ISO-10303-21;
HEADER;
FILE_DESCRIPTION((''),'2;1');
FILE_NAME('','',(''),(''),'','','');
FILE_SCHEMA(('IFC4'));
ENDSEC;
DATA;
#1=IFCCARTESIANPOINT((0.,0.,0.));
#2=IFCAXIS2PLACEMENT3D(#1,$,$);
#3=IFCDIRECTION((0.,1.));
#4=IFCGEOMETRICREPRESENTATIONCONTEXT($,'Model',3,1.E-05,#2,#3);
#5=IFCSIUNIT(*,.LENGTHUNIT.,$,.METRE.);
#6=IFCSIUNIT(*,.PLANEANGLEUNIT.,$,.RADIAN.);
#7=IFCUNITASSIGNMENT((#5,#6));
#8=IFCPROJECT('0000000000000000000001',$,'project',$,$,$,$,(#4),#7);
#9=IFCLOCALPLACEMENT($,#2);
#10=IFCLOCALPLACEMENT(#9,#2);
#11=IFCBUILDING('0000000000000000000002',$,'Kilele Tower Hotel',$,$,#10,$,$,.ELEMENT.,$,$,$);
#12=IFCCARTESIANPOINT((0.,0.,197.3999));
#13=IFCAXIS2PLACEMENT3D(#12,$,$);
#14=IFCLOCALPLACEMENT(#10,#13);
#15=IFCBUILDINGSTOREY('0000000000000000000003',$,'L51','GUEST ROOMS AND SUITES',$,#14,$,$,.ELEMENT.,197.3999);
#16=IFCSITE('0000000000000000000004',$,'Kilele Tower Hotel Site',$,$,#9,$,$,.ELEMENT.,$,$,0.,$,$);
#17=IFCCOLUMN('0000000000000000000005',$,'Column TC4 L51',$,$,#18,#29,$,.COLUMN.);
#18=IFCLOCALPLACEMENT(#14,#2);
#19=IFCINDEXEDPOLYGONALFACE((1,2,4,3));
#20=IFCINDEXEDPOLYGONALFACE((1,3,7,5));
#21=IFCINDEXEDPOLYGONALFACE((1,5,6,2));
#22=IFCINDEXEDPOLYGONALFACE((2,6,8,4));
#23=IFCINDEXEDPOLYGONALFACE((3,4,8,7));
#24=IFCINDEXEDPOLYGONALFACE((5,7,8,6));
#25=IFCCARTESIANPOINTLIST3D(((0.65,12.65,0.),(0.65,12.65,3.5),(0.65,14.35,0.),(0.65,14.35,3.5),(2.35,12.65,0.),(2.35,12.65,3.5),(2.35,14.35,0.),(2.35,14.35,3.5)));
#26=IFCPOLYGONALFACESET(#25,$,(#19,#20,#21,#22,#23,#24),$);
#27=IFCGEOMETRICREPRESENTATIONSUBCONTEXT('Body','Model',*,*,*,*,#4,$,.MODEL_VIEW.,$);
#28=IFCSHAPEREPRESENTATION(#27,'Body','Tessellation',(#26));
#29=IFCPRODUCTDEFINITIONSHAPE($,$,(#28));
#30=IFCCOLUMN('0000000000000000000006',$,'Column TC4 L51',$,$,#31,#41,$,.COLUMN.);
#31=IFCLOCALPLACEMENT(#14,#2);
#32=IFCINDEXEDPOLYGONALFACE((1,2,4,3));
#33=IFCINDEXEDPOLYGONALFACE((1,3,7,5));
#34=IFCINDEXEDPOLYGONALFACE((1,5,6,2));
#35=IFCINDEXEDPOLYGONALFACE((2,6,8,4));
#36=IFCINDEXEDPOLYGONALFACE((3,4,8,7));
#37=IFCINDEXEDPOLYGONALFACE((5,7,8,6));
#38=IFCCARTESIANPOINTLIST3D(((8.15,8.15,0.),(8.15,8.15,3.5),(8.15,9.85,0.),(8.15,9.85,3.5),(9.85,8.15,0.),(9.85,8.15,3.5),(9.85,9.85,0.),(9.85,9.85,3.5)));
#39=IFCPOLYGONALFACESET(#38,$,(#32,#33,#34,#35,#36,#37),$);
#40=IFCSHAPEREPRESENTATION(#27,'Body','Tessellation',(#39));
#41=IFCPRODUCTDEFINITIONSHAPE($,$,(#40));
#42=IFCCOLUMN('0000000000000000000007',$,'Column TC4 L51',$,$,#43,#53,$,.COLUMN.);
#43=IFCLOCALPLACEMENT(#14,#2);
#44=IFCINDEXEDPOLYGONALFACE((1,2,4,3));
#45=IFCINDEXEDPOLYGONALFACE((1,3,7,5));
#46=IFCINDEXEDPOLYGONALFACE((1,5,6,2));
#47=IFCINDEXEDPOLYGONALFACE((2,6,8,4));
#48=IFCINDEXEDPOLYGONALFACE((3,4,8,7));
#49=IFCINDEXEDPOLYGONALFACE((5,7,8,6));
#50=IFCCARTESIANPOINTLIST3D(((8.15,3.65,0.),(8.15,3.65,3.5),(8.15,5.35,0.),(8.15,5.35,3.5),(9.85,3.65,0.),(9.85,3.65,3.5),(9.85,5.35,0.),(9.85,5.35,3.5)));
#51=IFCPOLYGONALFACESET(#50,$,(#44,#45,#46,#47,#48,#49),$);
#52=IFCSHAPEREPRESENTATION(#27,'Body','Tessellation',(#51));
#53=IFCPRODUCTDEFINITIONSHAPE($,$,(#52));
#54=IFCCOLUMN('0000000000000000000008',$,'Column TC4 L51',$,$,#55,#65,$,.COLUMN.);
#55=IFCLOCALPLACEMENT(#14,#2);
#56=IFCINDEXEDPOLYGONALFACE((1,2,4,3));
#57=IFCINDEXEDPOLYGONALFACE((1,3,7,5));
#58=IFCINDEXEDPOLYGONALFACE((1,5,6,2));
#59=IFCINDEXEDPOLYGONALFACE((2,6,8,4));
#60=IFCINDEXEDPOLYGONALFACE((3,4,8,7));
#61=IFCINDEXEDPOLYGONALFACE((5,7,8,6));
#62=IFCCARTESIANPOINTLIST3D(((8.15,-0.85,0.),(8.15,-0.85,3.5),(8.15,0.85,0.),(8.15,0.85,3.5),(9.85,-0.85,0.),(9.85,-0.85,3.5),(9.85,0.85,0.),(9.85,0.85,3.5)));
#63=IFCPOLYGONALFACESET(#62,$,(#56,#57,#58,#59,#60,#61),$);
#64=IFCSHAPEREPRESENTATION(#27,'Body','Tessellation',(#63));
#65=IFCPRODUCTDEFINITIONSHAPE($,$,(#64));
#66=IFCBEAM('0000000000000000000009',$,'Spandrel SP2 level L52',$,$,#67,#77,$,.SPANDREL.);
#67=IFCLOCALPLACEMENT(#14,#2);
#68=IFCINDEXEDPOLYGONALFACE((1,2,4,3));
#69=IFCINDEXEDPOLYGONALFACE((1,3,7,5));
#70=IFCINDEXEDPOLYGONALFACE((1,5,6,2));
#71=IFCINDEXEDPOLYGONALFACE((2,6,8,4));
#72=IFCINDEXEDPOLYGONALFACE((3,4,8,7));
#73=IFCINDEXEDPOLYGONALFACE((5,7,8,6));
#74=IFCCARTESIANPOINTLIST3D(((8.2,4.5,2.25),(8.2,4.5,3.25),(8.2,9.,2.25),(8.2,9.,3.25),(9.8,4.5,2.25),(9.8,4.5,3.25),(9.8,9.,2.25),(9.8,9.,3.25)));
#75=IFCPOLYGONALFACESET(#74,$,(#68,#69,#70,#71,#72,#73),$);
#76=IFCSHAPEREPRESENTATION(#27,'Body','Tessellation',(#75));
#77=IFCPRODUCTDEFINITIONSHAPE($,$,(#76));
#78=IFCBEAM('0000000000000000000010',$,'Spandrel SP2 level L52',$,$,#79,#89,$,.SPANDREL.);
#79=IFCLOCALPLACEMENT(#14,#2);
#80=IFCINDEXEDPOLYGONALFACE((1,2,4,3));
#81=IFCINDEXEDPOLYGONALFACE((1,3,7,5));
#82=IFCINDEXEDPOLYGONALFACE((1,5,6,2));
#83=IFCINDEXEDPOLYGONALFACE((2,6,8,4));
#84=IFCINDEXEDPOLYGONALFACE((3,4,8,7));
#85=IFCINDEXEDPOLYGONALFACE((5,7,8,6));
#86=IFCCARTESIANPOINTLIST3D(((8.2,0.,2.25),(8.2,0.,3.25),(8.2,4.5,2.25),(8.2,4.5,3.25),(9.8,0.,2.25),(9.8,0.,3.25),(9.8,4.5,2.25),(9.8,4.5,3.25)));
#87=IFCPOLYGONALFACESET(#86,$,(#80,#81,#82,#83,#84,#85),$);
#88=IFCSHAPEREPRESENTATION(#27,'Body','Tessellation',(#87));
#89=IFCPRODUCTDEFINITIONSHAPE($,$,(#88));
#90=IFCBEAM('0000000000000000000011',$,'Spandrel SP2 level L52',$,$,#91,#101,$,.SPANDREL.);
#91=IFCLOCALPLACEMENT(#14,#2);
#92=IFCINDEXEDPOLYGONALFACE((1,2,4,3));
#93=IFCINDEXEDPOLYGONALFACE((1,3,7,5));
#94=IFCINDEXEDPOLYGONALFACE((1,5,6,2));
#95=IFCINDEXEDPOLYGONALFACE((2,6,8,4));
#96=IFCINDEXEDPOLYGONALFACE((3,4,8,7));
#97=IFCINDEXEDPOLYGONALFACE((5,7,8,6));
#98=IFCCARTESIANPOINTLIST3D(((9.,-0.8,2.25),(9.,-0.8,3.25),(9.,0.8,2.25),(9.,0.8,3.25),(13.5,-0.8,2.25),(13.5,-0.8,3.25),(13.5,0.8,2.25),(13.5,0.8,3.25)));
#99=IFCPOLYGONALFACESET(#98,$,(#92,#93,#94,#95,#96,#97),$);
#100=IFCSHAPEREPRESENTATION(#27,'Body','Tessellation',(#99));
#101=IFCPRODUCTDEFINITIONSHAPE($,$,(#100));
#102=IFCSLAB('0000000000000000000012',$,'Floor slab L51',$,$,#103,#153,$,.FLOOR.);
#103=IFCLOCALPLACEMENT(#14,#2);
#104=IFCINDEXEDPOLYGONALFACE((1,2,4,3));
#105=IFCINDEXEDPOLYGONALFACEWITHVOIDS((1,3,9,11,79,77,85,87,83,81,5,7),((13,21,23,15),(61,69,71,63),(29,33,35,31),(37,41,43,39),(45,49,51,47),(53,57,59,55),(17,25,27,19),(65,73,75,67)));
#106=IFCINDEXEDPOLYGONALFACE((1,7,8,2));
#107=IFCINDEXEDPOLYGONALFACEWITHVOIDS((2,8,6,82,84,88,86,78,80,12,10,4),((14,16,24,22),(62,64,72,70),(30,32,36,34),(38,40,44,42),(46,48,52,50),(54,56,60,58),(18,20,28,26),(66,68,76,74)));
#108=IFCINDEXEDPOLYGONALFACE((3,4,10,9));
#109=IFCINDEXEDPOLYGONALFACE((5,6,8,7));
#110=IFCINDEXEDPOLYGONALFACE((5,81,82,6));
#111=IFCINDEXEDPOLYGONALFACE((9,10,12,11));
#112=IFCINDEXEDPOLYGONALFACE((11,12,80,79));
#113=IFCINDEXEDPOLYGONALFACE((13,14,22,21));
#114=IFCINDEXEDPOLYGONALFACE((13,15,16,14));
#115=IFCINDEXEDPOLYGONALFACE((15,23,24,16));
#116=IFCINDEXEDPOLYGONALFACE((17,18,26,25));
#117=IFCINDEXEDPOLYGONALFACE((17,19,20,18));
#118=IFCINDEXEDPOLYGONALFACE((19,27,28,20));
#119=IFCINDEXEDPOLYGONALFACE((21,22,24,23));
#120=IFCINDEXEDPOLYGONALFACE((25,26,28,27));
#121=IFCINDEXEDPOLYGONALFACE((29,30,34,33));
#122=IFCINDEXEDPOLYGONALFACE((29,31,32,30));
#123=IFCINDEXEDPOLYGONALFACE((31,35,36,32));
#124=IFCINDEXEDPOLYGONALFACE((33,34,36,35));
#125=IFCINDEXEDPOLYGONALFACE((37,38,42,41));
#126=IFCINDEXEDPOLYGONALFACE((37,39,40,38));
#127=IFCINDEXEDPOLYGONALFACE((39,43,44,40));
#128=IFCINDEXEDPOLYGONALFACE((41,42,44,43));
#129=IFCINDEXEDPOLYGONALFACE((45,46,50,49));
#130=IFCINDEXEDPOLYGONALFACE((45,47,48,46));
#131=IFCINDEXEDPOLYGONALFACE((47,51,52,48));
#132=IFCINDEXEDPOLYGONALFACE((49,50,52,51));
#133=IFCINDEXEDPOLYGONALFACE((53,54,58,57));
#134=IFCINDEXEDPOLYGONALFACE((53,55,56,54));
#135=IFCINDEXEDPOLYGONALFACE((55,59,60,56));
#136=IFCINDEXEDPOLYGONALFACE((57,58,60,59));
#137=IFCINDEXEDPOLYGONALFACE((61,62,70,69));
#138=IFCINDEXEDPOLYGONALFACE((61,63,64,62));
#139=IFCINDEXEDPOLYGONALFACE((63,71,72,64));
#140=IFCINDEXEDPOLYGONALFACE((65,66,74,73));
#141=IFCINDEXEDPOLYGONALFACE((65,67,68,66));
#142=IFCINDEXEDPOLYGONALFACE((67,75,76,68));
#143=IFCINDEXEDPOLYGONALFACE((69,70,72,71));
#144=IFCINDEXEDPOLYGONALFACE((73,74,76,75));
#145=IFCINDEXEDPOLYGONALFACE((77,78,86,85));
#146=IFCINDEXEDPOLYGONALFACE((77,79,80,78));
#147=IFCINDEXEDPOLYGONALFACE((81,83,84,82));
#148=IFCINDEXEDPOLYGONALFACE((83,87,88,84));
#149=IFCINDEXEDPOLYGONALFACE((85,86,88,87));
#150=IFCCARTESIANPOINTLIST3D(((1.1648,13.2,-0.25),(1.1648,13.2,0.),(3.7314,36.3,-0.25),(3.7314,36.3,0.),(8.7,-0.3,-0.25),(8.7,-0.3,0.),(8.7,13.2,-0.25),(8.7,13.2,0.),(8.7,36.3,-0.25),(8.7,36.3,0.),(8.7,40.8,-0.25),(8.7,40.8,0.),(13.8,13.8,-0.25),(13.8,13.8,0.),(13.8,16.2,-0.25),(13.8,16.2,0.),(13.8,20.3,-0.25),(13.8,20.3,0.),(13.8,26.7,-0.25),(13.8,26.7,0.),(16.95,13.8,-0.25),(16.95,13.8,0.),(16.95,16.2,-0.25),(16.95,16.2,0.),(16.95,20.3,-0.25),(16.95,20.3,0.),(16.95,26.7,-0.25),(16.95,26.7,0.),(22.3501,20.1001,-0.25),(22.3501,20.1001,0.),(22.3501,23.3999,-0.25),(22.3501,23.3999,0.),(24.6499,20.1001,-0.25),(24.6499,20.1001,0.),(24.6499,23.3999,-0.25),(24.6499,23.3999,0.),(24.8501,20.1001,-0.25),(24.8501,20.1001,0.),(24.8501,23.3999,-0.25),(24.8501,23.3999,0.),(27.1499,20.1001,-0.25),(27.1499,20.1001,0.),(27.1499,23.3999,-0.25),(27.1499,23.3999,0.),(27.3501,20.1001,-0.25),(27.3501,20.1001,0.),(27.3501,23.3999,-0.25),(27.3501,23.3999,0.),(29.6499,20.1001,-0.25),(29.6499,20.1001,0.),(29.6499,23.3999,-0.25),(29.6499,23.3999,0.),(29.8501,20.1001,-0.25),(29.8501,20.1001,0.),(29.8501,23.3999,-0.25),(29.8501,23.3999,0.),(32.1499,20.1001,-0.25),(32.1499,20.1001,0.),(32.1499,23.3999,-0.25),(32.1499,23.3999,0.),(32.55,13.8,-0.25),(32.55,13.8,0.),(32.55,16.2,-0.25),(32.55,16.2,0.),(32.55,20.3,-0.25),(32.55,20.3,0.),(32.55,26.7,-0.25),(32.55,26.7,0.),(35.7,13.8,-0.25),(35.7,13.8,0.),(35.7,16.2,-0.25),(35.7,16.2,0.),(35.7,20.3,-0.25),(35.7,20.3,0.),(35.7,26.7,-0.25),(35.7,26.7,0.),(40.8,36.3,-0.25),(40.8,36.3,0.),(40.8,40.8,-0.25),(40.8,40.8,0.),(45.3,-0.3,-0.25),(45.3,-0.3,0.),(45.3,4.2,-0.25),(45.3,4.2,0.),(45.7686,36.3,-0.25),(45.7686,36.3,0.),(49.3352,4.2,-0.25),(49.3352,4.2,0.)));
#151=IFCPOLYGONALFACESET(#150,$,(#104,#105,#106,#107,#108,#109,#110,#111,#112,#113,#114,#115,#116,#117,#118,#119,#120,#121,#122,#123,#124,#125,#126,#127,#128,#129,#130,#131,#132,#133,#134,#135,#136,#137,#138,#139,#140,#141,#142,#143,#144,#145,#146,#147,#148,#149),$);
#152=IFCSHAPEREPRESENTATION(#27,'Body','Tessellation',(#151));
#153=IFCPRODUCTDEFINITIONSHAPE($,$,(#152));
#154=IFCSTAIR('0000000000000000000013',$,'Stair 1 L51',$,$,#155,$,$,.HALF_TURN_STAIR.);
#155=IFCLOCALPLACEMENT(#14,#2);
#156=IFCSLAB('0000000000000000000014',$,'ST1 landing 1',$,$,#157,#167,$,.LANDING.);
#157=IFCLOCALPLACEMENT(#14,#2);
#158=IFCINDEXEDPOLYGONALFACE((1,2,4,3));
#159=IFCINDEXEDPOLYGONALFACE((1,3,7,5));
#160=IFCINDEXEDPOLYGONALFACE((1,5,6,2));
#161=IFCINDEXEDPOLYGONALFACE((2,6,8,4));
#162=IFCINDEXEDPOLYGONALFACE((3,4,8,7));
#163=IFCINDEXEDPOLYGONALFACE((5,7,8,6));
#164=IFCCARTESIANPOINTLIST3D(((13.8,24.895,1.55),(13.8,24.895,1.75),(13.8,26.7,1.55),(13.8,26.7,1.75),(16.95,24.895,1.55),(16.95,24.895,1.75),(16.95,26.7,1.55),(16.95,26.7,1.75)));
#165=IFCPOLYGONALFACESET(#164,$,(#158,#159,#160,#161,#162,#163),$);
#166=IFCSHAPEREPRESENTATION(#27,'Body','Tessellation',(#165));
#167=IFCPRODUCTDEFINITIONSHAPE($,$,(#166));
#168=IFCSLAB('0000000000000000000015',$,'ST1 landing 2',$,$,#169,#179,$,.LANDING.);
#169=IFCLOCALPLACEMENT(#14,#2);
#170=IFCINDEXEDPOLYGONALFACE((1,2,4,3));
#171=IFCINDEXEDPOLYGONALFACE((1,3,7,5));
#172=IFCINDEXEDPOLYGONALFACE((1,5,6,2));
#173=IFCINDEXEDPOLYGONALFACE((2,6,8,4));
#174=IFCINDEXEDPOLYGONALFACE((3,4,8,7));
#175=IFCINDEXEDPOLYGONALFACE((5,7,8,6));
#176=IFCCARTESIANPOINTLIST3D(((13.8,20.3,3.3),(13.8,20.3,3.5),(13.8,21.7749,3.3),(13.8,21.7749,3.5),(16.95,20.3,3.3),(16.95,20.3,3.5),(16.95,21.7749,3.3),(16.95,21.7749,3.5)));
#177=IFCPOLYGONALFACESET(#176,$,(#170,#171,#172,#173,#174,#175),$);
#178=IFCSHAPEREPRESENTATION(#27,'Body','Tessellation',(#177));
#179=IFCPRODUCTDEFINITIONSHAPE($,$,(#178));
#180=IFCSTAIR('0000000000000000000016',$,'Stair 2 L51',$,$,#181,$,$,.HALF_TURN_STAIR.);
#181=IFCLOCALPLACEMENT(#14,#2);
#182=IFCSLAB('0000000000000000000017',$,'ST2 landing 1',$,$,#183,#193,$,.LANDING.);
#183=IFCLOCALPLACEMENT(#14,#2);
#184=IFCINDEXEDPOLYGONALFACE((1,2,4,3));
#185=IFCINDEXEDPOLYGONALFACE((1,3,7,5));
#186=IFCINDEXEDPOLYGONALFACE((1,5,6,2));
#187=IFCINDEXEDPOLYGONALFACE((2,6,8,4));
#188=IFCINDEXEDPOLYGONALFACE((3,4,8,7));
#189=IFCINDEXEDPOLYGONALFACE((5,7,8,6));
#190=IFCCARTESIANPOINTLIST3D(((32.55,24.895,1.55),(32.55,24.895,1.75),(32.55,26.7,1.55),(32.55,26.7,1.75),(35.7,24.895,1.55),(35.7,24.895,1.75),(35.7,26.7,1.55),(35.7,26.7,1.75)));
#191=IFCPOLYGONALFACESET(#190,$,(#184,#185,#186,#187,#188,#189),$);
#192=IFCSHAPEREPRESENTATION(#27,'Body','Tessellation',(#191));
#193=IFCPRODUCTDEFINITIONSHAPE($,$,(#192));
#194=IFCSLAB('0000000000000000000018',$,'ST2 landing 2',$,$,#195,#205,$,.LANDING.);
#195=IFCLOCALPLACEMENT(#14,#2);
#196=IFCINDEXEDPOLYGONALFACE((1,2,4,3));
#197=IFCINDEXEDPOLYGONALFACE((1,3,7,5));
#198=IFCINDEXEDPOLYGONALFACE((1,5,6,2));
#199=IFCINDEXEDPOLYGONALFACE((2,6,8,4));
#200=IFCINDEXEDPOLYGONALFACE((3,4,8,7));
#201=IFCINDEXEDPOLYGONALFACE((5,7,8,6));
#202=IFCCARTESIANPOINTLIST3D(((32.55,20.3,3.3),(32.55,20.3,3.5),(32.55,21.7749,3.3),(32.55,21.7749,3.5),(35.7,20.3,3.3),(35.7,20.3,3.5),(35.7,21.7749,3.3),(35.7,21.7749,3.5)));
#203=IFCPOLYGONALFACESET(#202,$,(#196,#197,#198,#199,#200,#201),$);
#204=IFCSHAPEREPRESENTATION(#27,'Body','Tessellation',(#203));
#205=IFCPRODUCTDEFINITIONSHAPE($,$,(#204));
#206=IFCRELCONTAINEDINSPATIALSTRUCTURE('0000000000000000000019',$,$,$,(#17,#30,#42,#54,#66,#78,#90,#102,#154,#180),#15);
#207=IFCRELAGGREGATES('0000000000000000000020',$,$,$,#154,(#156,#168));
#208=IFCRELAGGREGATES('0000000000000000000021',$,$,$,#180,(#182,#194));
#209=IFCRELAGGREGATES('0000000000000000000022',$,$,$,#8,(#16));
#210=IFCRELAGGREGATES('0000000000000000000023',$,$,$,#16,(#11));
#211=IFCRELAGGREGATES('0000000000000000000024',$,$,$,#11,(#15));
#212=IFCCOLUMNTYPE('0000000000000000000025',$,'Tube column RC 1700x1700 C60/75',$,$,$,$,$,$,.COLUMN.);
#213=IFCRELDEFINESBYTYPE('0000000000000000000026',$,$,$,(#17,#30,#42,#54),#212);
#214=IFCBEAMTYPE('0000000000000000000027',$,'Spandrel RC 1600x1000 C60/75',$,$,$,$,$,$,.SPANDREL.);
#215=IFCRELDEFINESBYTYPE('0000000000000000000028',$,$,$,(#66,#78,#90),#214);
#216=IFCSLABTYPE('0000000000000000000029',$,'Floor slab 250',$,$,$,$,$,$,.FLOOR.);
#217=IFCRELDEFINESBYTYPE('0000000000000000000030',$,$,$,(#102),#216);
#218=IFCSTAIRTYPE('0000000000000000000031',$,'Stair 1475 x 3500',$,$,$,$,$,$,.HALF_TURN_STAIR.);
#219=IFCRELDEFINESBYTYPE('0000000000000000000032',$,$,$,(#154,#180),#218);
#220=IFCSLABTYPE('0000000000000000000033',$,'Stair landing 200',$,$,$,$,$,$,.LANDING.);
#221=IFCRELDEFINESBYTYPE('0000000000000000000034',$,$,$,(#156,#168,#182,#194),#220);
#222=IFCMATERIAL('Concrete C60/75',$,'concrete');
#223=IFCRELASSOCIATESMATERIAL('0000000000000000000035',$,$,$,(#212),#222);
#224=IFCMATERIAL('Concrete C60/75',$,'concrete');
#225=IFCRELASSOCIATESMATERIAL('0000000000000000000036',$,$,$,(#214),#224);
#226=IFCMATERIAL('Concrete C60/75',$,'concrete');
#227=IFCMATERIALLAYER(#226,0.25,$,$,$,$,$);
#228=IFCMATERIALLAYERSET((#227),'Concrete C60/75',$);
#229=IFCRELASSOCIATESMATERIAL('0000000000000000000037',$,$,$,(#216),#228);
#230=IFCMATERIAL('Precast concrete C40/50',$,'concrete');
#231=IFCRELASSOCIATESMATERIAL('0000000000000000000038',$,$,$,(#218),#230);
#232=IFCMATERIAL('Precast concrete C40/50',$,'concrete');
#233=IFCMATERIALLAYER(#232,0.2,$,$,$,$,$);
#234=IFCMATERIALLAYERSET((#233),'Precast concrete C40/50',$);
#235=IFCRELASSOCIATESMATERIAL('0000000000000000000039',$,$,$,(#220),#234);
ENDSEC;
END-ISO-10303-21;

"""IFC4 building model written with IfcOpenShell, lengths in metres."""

from ifc_helpers import new_model, si_unit, direction, frame, origin, origin_2d, place, context, subcontext, project, spatial, polyline, rectangle, outline, extrude, material, layer, layer_set, material_profile, profile_set, type_object, element, aggregate, save


model = new_model("IFC4")

# Units and contexts
model_context = context("Model", 3, precision=1e-05, world=origin(), true_north=direction((0.0, 1.0)))
body_context = subcontext(model_context, "Body", "Model", "MODEL_VIEW")
ifc_project = project(units=[si_unit("LENGTHUNIT", "METRE"), si_unit("PLANEANGLEUNIT", "RADIAN")], contexts=[model_context])

# Site, building, storey
site_placement = place(None, origin())
site = spatial("IfcSite", under=ifc_project, at=site_placement, Name="Kilele Tower Hotel Site", CompositionType="ELEMENT", RefElevation=0.0)
building_placement = place(site_placement, origin())
building = spatial("IfcBuilding", under=site, at=building_placement, Name="Kilele Tower Hotel", CompositionType="ELEMENT")
storey_placement = place(building_placement, frame((0.0, 0.0, 197.3999)))
storey = spatial("IfcBuildingStorey", under=building, at=storey_placement, Name="L51", Description="GUEST ROOMS AND SUITES", CompositionType="ELEMENT", Elevation=197.3999)

# Columns
ifc_material_1 = material(Name="Concrete C60/75", Category="concrete")
ifc_material_profile_1 = material_profile(ifc_material_1, rectangle(XDim=1.7, YDim=1.7, at=origin_2d()))
ifc_profile_set_1 = profile_set([ifc_material_profile_1], Name="Concrete C60/75")
column_type = type_object("IfcColumnType", Name="Tube column RC 1700x1700 C60/75", PredefinedType="COLUMN", material=ifc_profile_set_1)
for number, where, z_axis, x_axis, name in (
    (1, (1.5, 13.5, 0.0), (0.0, 0.0, 1.0), (1.0, 0.0, 0.0), "Column TC4 L51"),
    (2, (9.0, 9.0, 0.0), (0.0, 0.0, 1.0), (1.0, 0.0, 0.0), "Column TC4 L51"),
    (3, (9.0, 4.5, 0.0), (0.0, 0.0, 1.0), (1.0, 0.0, 0.0), "Column TC4 L51"),
    (4, (9.0, 0.0, 0.0), (0.0, 0.0, 1.0), (1.0, 0.0, 0.0), "Column TC4 L51"),
):
    element("IfcColumn", number, at=place(storey_placement, frame(where, z_axis=z_axis, x_axis=x_axis)), inside=storey, type_object=column_type, Name=name, PredefinedType="COLUMN", context=body_context, shape_type="SweptSolid", body=[
        extrude(rectangle(XDim=1.7, YDim=1.7, at=origin_2d()), origin(), (0.0, 0.0, 1.0), 3.5),
    ])

# Beams
ifc_material_2 = material(Name="Concrete C60/75", Category="concrete")
ifc_material_profile_2 = material_profile(ifc_material_2, rectangle(XDim=1.6001, YDim=1.0, at=origin_2d()))
ifc_profile_set_2 = profile_set([ifc_material_profile_2], Name="Concrete C60/75")
beam_type = type_object("IfcBeamType", Name="Spandrel RC 1600x1000 C60/75", PredefinedType="SPANDREL", material=ifc_profile_set_2)
for number, where, z_axis, x_axis, name in (
    (5, (9.0, 9.0, 2.75), (0.0, -1.0, 0.0), (1.0, 0.0, 0.0), "Spandrel SP2 level L52"),
    (6, (9.0, 4.5, 2.75), (0.0, -1.0, 0.0), (1.0, 0.0, 0.0), "Spandrel SP2 level L52"),
    (7, (9.0, 0.0, 2.75), (1.0, 0.0, 0.0), (0.0, 1.0, 0.0), "Spandrel SP2 level L52"),
):
    element("IfcBeam", number, at=place(storey_placement, frame(where, z_axis=z_axis, x_axis=x_axis)), inside=storey, type_object=beam_type, Name=name, PredefinedType="SPANDREL", context=body_context, shape_type="SweptSolid", body=[
        extrude(rectangle(XDim=1.6001, YDim=1.0, at=origin_2d()), origin(), (0.0, 0.0, 1.0), 4.5),
    ])

# Slab
ifc_material_3 = material(Name="Concrete C60/75", Category="concrete")
ifc_layer_1 = layer(ifc_material_3, 0.25)
ifc_layer_set_1 = layer_set([ifc_layer_1], Name="Concrete C60/75")
slab_type_1 = type_object("IfcSlabType", Name="Floor slab 250", PredefinedType="FLOOR", material=ifc_layer_set_1)
slab_1_placement = place(storey_placement, frame((0.0, 0.0, -0.25)))
element("IfcSlab", 8, at=slab_1_placement, inside=storey, type_object=slab_type_1, Name="Floor slab L51", PredefinedType="FLOOR", context=body_context, shape_type="SweptSolid", body=[
    extrude(outline(polyline([(8.7, 36.3), (8.7, 40.8), (40.8, 40.8), (40.8, 36.3), (45.7686, 36.3), (49.3352, 4.2), (45.3, 4.2), (45.3, -0.3), (8.7, -0.3), (8.7, 13.2), (1.1648, 13.2), (3.7314, 36.3), (8.7, 36.3)]), holes=[polyline([(16.95, 16.2), (13.8, 16.2), (13.8, 13.8), (16.95, 13.8), (16.95, 16.2)]), polyline([(35.7, 16.2), (32.55, 16.2), (32.55, 13.8), (35.7, 13.8), (35.7, 16.2)]), polyline([(24.6499, 23.3999), (22.3501, 23.3999), (22.3501, 20.1001), (24.6499, 20.1001), (24.6499, 23.3999)]), polyline([(27.1499, 23.3999), (24.8501, 23.3999), (24.8501, 20.1001), (27.1499, 20.1001), (27.1499, 23.3999)]), polyline([(29.6499, 23.3999), (27.3501, 23.3999), (27.3501, 20.1001), (29.6499, 20.1001), (29.6499, 23.3999)]), polyline([(32.1499, 23.3999), (29.8501, 23.3999), (29.8501, 20.1001), (32.1499, 20.1001), (32.1499, 23.3999)]), polyline([(16.95, 26.7), (13.8, 26.7), (13.8, 20.3), (16.95, 20.3), (16.95, 26.7)]), polyline([(35.7, 26.7), (32.55, 26.7), (32.55, 20.3), (35.7, 20.3), (35.7, 26.7)])]), origin(), (0.0, 0.0, 1.0), 0.25),
])

# Stairs, slabs
ifc_material_4 = material(Name="Precast concrete C40/50", Category="concrete")
stair_type = type_object("IfcStairType", Name="Stair 1475 x 3500", PredefinedType="HALF_TURN_STAIR", material=ifc_material_4)
stair_1_placement = place(storey_placement, origin())
stair_1 = element("IfcStair", 9, at=stair_1_placement, inside=storey, type_object=stair_type, Name="Stair 1 L51", PredefinedType="HALF_TURN_STAIR")
ifc_material_5 = material(Name="Precast concrete C40/50", Category="concrete")
ifc_layer_2 = layer(ifc_material_5, 0.2)
ifc_layer_set_2 = layer_set([ifc_layer_2], Name="Precast concrete C40/50")
slab_type_2 = type_object("IfcSlabType", Name="Stair landing 200", PredefinedType="LANDING", material=ifc_layer_set_2)
slab_2_placement = place(storey_placement, frame((0.0, 0.0, 1.55)))
slab_2 = element("IfcSlab", 10, at=slab_2_placement, type_object=slab_type_2, Name="ST1 landing 1", PredefinedType="LANDING", context=body_context, shape_type="SweptSolid", body=[
    extrude(outline(polyline([(13.8, 24.895), (16.95, 24.895), (16.95, 26.7), (13.8, 26.7), (13.8, 24.895)])), origin(), (0.0, 0.0, 1.0), 0.2),
])
slab_3_placement = place(storey_placement, frame((0.0, 0.0, 3.3)))
slab_3 = element("IfcSlab", 11, at=slab_3_placement, type_object=slab_type_2, Name="ST1 landing 2", PredefinedType="LANDING", context=body_context, shape_type="SweptSolid", body=[
    extrude(outline(polyline([(13.8, 20.3), (16.95, 20.3), (16.95, 21.7749), (13.8, 21.7749), (13.8, 20.3)])), origin(), (0.0, 0.0, 1.0), 0.2),
])
aggregate(stair_1, [slab_2, slab_3])
stair_2_placement = place(storey_placement, origin())
stair_2 = element("IfcStair", 12, at=stair_2_placement, inside=storey, type_object=stair_type, Name="Stair 2 L51", PredefinedType="HALF_TURN_STAIR")
slab_4_placement = place(storey_placement, frame((0.0, 0.0, 1.55)))
slab_4 = element("IfcSlab", 13, at=slab_4_placement, type_object=slab_type_2, Name="ST2 landing 1", PredefinedType="LANDING", context=body_context, shape_type="SweptSolid", body=[
    extrude(outline(polyline([(32.55, 24.895), (35.7, 24.895), (35.7, 26.7), (32.55, 26.7), (32.55, 24.895)])), origin(), (0.0, 0.0, 1.0), 0.2),
])
slab_5_placement = place(storey_placement, frame((0.0, 0.0, 3.3)))
slab_5 = element("IfcSlab", 14, at=slab_5_placement, type_object=slab_type_2, Name="ST2 landing 2", PredefinedType="LANDING", context=body_context, shape_type="SweptSolid", body=[
    extrude(outline(polyline([(32.55, 20.3), (35.7, 20.3), (35.7, 21.7749), (32.55, 21.7749), (32.55, 20.3)])), origin(), (0.0, 0.0, 1.0), 0.2),
])
aggregate(stair_2, [slab_4, slab_5])

save(model, "model.ifc")
